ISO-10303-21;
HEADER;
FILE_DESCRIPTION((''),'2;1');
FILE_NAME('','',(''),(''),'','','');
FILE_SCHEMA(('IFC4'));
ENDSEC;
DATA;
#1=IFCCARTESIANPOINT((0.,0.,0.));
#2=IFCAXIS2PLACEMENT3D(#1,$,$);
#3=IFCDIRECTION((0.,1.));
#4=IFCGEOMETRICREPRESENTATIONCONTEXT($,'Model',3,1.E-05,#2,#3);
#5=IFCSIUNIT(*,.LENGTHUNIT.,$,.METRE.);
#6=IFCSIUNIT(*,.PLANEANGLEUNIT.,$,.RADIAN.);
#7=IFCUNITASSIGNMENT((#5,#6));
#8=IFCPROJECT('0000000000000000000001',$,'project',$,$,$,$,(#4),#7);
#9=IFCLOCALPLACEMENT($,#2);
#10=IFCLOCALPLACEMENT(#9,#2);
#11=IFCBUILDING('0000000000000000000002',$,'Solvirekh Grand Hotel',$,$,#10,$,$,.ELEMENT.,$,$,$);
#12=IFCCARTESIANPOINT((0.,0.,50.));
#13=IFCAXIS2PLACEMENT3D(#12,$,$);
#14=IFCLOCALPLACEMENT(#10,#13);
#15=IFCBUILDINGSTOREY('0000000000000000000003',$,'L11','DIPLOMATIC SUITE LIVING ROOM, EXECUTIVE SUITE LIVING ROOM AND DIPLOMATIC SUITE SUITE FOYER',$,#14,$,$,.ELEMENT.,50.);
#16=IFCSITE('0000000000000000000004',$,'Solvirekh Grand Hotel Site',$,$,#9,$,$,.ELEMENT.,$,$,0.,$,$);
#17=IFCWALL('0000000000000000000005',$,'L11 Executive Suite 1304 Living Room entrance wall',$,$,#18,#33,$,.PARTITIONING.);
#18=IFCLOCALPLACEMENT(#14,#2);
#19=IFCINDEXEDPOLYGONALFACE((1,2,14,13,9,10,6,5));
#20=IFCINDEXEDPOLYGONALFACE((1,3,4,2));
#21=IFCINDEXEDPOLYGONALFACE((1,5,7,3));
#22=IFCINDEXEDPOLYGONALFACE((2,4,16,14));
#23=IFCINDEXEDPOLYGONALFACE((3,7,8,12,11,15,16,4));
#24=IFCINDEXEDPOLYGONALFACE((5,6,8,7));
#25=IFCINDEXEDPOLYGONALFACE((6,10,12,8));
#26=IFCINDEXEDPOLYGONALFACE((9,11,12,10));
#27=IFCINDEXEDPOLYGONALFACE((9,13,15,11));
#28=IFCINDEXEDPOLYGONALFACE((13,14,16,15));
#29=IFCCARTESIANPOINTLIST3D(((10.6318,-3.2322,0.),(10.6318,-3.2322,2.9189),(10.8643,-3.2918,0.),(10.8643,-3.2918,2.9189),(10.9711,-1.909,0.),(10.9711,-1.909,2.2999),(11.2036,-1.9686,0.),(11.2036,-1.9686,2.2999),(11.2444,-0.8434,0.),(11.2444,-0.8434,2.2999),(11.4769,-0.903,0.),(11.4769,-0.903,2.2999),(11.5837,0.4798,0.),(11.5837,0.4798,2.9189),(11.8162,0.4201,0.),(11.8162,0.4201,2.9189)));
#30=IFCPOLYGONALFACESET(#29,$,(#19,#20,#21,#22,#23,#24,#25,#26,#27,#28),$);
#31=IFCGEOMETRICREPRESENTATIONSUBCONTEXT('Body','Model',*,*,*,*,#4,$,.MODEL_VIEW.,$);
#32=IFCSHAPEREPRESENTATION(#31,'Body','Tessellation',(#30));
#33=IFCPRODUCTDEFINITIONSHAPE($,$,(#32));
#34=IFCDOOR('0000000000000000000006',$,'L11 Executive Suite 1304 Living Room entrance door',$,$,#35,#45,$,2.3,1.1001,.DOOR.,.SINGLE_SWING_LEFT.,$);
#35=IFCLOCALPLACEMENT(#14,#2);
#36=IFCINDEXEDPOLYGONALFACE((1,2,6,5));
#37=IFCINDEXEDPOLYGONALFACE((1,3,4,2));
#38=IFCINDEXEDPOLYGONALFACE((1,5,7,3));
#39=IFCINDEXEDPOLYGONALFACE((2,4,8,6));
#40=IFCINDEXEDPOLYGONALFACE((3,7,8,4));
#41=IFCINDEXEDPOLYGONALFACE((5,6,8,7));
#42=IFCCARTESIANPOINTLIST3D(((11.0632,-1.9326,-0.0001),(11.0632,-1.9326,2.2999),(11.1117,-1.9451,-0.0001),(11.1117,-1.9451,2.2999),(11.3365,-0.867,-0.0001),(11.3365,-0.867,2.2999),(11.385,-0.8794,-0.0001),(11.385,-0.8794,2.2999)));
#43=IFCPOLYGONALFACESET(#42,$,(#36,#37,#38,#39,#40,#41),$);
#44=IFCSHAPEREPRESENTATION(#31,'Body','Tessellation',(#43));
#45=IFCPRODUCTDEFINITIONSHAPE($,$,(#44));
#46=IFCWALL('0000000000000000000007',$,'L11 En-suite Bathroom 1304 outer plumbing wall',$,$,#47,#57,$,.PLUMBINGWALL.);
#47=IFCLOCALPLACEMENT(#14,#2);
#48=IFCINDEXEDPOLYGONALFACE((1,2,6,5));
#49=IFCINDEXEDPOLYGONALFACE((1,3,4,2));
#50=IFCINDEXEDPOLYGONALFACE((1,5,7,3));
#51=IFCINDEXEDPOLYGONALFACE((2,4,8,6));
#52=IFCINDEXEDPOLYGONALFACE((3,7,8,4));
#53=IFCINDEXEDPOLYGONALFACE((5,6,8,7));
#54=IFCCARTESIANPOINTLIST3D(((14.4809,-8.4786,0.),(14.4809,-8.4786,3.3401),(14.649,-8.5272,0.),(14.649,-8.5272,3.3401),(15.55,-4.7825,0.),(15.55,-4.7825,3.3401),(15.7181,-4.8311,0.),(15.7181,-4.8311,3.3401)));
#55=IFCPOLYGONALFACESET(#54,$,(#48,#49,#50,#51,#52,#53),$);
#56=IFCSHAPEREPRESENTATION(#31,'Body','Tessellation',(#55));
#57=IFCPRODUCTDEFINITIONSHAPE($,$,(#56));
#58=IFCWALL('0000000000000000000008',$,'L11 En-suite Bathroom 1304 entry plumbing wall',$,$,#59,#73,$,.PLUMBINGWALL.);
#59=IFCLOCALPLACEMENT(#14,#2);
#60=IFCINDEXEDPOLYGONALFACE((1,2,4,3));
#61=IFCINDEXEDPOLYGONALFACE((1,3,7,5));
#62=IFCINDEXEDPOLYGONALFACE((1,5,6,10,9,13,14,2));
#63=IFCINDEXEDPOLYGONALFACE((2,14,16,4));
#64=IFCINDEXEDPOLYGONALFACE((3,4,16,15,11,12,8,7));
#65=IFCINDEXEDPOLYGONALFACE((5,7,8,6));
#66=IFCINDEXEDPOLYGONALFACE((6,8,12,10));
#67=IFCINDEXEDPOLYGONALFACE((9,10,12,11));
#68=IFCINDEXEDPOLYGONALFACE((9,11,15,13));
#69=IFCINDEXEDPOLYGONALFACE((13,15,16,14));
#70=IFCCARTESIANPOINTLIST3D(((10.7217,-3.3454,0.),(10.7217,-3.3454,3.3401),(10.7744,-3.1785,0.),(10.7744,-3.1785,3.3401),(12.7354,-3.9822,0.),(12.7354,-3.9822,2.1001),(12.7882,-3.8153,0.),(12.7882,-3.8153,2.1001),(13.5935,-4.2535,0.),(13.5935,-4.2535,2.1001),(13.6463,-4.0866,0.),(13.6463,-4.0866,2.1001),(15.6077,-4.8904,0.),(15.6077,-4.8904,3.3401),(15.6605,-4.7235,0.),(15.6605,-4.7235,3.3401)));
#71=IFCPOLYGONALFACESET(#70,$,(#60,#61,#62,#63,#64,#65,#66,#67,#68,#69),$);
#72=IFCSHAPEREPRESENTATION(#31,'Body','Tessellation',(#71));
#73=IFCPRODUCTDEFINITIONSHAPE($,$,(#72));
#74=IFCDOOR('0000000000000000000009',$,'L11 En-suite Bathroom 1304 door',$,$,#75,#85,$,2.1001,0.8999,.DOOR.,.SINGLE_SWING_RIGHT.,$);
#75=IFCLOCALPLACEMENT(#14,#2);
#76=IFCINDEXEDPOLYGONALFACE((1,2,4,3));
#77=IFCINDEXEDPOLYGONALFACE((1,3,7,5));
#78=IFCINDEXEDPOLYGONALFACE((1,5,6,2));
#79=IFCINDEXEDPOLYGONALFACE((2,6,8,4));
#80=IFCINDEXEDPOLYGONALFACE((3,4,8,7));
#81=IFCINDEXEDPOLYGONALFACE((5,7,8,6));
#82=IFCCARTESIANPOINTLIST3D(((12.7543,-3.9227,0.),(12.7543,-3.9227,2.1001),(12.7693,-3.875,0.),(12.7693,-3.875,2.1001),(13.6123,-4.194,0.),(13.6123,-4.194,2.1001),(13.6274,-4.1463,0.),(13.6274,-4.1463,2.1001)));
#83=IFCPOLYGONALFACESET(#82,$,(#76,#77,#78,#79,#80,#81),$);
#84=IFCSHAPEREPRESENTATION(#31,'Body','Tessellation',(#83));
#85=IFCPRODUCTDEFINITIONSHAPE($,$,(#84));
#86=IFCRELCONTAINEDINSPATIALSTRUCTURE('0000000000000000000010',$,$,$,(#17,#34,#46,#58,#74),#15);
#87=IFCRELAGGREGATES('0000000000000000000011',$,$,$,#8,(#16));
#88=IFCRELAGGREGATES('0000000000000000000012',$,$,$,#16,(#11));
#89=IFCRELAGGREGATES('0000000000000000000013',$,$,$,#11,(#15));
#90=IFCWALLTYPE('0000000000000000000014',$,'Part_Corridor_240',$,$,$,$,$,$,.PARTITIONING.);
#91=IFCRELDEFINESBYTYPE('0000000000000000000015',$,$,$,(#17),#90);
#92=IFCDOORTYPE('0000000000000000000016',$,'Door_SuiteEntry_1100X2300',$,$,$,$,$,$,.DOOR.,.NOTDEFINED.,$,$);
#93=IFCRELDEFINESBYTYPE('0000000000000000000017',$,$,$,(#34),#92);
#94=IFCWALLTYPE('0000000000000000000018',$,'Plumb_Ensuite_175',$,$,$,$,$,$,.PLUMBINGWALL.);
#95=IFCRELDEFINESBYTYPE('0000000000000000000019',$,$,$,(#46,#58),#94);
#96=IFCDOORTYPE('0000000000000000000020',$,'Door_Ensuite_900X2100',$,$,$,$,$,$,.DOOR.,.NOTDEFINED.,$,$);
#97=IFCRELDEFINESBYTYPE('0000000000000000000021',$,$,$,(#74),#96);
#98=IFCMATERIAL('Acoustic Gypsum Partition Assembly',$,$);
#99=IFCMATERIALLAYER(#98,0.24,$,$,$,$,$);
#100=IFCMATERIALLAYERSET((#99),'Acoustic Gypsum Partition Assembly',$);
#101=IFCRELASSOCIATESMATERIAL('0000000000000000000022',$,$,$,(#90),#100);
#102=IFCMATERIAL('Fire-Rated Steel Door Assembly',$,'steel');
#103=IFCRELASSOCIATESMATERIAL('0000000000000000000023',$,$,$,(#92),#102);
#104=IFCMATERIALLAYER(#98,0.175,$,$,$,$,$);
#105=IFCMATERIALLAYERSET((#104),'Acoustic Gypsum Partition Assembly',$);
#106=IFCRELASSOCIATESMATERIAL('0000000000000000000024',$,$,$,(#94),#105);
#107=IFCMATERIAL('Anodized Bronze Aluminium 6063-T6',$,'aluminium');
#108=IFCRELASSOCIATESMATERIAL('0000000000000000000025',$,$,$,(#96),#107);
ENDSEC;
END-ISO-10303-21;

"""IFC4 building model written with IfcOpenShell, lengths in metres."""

from ifc_helpers import new_model, si_unit, direction, frame, frame_2d, origin, place, context, subcontext, project, spatial, rectangle, extrude, material, layer, layer_set, type_object, element, fill, save


model = new_model("IFC4")

# Units and contexts
model_context = context("Model", 3, precision=1e-05, world=origin(), true_north=direction((0.0, 1.0)))
body_context = subcontext(model_context, "Body", "Model", "MODEL_VIEW")
ifc_project = project(units=[si_unit("LENGTHUNIT", "METRE"), si_unit("PLANEANGLEUNIT", "RADIAN")], contexts=[model_context])

# Site, building, storey
site_placement = place(None, origin())
site = spatial("IfcSite", under=ifc_project, at=site_placement, Name="Solvirekh Grand Hotel Site", CompositionType="ELEMENT", RefElevation=0.0)
building_placement = place(site_placement, origin())
building = spatial("IfcBuilding", under=site, at=building_placement, Name="Solvirekh Grand Hotel", CompositionType="ELEMENT")
storey_placement = place(building_placement, frame((0.0, 0.0, 50.0)))
storey = spatial("IfcBuildingStorey", under=building, at=storey_placement, Name="L11", Description="DIPLOMATIC SUITE LIVING ROOM, EXECUTIVE SUITE LIVING ROOM AND DIPLOMATIC SUITE SUITE FOYER", CompositionType="ELEMENT", Elevation=50.0)

# Shared definitions
ifc_material_1 = material(Name="Anodized Bronze Aluminium 6063-T6", Category="aluminium")

# Wall, opening, door
ifc_material_2 = material(Name="Acoustic Gypsum Partition Assembly")
ifc_layer_1 = layer(ifc_material_2, 0.24)
ifc_layer_set_1 = layer_set([ifc_layer_1], Name="Acoustic Gypsum Partition Assembly")
wall_type_1 = type_object("IfcWallType", Name="Part_Corridor_240", PredefinedType="PARTITIONING", material=ifc_layer_set_1)
wall_1_placement = place(storey_placement, frame((10.748, -3.262, 0.0), z_axis=(0.0, 0.0, 1.0), x_axis=(0.248408, 0.968656, 0.0)))
wall_1 = element("IfcWall", 1, at=wall_1_placement, inside=storey, type_object=wall_type_1, Name="L11 Executive Suite 1304 Living Room entrance wall", PredefinedType="PARTITIONING", context=body_context, shape_type="SweptSolid", body=[
    extrude(rectangle(XDim=3.832, YDim=0.24, at=frame_2d((1.916, 0.0))), origin(), (0.0, 0.0, 1.0), 2.9189),
])
opening_1_placement = place(wall_1_placement, frame((1.366, 0.0, 0.0)))
opening_1 = element("IfcOpeningElement", 2, at=opening_1_placement, cuts=wall_1, PredefinedType="OPENING", context=body_context, shape_type="SweptSolid", body=[
    extrude(rectangle(XDim=1.1001, YDim=2.3, at=frame_2d((0.55, 1.1499))), frame((0.0, 0.1299, 0.0), z_axis=(0.0, -1.0, 0.0), x_axis=(1.0, 0.0, 0.0)), (0.0, 0.0, 1.0), 0.26),
])
ifc_material_3 = material(Name="Fire-Rated Steel Door Assembly", Category="steel")
door_type_1 = type_object("IfcDoorType", Name="Door_SuiteEntry_1100X2300", OperationType="NOTDEFINED", PredefinedType="DOOR", material=ifc_material_3)
door_1_placement = place(opening_1_placement, origin())
door_1 = element("IfcDoor", 3, at=door_1_placement, inside=storey, type_object=door_type_1, Name="L11 Executive Suite 1304 Living Room entrance door", OperationType="SINGLE_SWING_LEFT", OverallHeight=2.3, OverallWidth=1.1001, PredefinedType="DOOR", context=body_context, shape_type="SweptSolid", body=[
    extrude(rectangle(XDim=1.1001, YDim=2.3, at=frame_2d((0.55, 1.1499))), frame((0.0, 0.0249, 0.0), z_axis=(0.0, -1.0, 0.0), x_axis=(1.0, 0.0, 0.0)), (0.0, 0.0, 1.0), 0.05),
])
fill(opening_1, door_1)

# Wall
ifc_layer_2 = layer(ifc_material_2, 0.175)
ifc_layer_set_2 = layer_set([ifc_layer_2], Name="Acoustic Gypsum Partition Assembly")
wall_type_2 = type_object("IfcWallType", Name="Plumb_Ensuite_175", PredefinedType="PLUMBINGWALL", material=ifc_layer_set_2)
wall_2_placement = place(storey_placement, frame((14.5649, -8.5029, 0.0), z_axis=(0.0, 0.0, 1.0), x_axis=(0.277862, 0.960621, 0.0)))
element("IfcWall", 4, at=wall_2_placement, inside=storey, type_object=wall_type_2, Name="L11 En-suite Bathroom 1304 outer plumbing wall", PredefinedType="PLUMBINGWALL", context=body_context, shape_type="SweptSolid", body=[
    extrude(rectangle(XDim=3.8477, YDim=0.175, at=frame_2d((1.9238, 0.0))), origin(), (0.0, 0.0, 1.0), 3.3401),
])

# Wall, opening, door
wall_3_placement = place(storey_placement, frame((10.748, -3.262, 0.0), z_axis=(0.0, 0.0, 1.0), x_axis=(0.953472, -0.301482, 0.0)))
wall_3 = element("IfcWall", 5, at=wall_3_placement, inside=storey, type_object=wall_type_2, Name="L11 En-suite Bathroom 1304 entry plumbing wall", PredefinedType="PLUMBINGWALL", context=body_context, shape_type="SweptSolid", body=[
    extrude(rectangle(XDim=5.1245, YDim=0.175, at=frame_2d((2.5623, 0.0))), origin(), (0.0, 0.0, 1.0), 3.3401),
])
opening_2_placement = place(wall_3_placement, frame((2.1121, 0.0, 0.0)))
opening_2 = element("IfcOpeningElement", 6, at=opening_2_placement, cuts=wall_3, PredefinedType="OPENING", context=body_context, shape_type="SweptSolid", body=[
    extrude(rectangle(XDim=0.8999, YDim=2.1001, at=frame_2d((0.45, 1.05))), frame((0.0, 0.0977, 0.0), z_axis=(0.0, -1.0, 0.0), x_axis=(1.0, 0.0, 0.0)), (0.0, 0.0, 1.0), 0.1951),
])
door_type_2 = type_object("IfcDoorType", Name="Door_Ensuite_900X2100", OperationType="NOTDEFINED", PredefinedType="DOOR", material=ifc_material_1)
door_2_placement = place(opening_2_placement, origin())
door_2 = element("IfcDoor", 7, at=door_2_placement, inside=storey, type_object=door_type_2, Name="L11 En-suite Bathroom 1304 door", OperationType="SINGLE_SWING_RIGHT", OverallHeight=2.1001, OverallWidth=0.8999, PredefinedType="DOOR", context=body_context, shape_type="SweptSolid", body=[
    extrude(rectangle(XDim=0.8999, YDim=2.1001, at=frame_2d((0.45, 1.05))), frame((0.0, 0.0249, 0.0), z_axis=(0.0, -1.0, 0.0), x_axis=(1.0, 0.0, 0.0)), (0.0, 0.0, 1.0), 0.05),
])
fill(opening_2, door_2)

save(model, "model.ifc")
